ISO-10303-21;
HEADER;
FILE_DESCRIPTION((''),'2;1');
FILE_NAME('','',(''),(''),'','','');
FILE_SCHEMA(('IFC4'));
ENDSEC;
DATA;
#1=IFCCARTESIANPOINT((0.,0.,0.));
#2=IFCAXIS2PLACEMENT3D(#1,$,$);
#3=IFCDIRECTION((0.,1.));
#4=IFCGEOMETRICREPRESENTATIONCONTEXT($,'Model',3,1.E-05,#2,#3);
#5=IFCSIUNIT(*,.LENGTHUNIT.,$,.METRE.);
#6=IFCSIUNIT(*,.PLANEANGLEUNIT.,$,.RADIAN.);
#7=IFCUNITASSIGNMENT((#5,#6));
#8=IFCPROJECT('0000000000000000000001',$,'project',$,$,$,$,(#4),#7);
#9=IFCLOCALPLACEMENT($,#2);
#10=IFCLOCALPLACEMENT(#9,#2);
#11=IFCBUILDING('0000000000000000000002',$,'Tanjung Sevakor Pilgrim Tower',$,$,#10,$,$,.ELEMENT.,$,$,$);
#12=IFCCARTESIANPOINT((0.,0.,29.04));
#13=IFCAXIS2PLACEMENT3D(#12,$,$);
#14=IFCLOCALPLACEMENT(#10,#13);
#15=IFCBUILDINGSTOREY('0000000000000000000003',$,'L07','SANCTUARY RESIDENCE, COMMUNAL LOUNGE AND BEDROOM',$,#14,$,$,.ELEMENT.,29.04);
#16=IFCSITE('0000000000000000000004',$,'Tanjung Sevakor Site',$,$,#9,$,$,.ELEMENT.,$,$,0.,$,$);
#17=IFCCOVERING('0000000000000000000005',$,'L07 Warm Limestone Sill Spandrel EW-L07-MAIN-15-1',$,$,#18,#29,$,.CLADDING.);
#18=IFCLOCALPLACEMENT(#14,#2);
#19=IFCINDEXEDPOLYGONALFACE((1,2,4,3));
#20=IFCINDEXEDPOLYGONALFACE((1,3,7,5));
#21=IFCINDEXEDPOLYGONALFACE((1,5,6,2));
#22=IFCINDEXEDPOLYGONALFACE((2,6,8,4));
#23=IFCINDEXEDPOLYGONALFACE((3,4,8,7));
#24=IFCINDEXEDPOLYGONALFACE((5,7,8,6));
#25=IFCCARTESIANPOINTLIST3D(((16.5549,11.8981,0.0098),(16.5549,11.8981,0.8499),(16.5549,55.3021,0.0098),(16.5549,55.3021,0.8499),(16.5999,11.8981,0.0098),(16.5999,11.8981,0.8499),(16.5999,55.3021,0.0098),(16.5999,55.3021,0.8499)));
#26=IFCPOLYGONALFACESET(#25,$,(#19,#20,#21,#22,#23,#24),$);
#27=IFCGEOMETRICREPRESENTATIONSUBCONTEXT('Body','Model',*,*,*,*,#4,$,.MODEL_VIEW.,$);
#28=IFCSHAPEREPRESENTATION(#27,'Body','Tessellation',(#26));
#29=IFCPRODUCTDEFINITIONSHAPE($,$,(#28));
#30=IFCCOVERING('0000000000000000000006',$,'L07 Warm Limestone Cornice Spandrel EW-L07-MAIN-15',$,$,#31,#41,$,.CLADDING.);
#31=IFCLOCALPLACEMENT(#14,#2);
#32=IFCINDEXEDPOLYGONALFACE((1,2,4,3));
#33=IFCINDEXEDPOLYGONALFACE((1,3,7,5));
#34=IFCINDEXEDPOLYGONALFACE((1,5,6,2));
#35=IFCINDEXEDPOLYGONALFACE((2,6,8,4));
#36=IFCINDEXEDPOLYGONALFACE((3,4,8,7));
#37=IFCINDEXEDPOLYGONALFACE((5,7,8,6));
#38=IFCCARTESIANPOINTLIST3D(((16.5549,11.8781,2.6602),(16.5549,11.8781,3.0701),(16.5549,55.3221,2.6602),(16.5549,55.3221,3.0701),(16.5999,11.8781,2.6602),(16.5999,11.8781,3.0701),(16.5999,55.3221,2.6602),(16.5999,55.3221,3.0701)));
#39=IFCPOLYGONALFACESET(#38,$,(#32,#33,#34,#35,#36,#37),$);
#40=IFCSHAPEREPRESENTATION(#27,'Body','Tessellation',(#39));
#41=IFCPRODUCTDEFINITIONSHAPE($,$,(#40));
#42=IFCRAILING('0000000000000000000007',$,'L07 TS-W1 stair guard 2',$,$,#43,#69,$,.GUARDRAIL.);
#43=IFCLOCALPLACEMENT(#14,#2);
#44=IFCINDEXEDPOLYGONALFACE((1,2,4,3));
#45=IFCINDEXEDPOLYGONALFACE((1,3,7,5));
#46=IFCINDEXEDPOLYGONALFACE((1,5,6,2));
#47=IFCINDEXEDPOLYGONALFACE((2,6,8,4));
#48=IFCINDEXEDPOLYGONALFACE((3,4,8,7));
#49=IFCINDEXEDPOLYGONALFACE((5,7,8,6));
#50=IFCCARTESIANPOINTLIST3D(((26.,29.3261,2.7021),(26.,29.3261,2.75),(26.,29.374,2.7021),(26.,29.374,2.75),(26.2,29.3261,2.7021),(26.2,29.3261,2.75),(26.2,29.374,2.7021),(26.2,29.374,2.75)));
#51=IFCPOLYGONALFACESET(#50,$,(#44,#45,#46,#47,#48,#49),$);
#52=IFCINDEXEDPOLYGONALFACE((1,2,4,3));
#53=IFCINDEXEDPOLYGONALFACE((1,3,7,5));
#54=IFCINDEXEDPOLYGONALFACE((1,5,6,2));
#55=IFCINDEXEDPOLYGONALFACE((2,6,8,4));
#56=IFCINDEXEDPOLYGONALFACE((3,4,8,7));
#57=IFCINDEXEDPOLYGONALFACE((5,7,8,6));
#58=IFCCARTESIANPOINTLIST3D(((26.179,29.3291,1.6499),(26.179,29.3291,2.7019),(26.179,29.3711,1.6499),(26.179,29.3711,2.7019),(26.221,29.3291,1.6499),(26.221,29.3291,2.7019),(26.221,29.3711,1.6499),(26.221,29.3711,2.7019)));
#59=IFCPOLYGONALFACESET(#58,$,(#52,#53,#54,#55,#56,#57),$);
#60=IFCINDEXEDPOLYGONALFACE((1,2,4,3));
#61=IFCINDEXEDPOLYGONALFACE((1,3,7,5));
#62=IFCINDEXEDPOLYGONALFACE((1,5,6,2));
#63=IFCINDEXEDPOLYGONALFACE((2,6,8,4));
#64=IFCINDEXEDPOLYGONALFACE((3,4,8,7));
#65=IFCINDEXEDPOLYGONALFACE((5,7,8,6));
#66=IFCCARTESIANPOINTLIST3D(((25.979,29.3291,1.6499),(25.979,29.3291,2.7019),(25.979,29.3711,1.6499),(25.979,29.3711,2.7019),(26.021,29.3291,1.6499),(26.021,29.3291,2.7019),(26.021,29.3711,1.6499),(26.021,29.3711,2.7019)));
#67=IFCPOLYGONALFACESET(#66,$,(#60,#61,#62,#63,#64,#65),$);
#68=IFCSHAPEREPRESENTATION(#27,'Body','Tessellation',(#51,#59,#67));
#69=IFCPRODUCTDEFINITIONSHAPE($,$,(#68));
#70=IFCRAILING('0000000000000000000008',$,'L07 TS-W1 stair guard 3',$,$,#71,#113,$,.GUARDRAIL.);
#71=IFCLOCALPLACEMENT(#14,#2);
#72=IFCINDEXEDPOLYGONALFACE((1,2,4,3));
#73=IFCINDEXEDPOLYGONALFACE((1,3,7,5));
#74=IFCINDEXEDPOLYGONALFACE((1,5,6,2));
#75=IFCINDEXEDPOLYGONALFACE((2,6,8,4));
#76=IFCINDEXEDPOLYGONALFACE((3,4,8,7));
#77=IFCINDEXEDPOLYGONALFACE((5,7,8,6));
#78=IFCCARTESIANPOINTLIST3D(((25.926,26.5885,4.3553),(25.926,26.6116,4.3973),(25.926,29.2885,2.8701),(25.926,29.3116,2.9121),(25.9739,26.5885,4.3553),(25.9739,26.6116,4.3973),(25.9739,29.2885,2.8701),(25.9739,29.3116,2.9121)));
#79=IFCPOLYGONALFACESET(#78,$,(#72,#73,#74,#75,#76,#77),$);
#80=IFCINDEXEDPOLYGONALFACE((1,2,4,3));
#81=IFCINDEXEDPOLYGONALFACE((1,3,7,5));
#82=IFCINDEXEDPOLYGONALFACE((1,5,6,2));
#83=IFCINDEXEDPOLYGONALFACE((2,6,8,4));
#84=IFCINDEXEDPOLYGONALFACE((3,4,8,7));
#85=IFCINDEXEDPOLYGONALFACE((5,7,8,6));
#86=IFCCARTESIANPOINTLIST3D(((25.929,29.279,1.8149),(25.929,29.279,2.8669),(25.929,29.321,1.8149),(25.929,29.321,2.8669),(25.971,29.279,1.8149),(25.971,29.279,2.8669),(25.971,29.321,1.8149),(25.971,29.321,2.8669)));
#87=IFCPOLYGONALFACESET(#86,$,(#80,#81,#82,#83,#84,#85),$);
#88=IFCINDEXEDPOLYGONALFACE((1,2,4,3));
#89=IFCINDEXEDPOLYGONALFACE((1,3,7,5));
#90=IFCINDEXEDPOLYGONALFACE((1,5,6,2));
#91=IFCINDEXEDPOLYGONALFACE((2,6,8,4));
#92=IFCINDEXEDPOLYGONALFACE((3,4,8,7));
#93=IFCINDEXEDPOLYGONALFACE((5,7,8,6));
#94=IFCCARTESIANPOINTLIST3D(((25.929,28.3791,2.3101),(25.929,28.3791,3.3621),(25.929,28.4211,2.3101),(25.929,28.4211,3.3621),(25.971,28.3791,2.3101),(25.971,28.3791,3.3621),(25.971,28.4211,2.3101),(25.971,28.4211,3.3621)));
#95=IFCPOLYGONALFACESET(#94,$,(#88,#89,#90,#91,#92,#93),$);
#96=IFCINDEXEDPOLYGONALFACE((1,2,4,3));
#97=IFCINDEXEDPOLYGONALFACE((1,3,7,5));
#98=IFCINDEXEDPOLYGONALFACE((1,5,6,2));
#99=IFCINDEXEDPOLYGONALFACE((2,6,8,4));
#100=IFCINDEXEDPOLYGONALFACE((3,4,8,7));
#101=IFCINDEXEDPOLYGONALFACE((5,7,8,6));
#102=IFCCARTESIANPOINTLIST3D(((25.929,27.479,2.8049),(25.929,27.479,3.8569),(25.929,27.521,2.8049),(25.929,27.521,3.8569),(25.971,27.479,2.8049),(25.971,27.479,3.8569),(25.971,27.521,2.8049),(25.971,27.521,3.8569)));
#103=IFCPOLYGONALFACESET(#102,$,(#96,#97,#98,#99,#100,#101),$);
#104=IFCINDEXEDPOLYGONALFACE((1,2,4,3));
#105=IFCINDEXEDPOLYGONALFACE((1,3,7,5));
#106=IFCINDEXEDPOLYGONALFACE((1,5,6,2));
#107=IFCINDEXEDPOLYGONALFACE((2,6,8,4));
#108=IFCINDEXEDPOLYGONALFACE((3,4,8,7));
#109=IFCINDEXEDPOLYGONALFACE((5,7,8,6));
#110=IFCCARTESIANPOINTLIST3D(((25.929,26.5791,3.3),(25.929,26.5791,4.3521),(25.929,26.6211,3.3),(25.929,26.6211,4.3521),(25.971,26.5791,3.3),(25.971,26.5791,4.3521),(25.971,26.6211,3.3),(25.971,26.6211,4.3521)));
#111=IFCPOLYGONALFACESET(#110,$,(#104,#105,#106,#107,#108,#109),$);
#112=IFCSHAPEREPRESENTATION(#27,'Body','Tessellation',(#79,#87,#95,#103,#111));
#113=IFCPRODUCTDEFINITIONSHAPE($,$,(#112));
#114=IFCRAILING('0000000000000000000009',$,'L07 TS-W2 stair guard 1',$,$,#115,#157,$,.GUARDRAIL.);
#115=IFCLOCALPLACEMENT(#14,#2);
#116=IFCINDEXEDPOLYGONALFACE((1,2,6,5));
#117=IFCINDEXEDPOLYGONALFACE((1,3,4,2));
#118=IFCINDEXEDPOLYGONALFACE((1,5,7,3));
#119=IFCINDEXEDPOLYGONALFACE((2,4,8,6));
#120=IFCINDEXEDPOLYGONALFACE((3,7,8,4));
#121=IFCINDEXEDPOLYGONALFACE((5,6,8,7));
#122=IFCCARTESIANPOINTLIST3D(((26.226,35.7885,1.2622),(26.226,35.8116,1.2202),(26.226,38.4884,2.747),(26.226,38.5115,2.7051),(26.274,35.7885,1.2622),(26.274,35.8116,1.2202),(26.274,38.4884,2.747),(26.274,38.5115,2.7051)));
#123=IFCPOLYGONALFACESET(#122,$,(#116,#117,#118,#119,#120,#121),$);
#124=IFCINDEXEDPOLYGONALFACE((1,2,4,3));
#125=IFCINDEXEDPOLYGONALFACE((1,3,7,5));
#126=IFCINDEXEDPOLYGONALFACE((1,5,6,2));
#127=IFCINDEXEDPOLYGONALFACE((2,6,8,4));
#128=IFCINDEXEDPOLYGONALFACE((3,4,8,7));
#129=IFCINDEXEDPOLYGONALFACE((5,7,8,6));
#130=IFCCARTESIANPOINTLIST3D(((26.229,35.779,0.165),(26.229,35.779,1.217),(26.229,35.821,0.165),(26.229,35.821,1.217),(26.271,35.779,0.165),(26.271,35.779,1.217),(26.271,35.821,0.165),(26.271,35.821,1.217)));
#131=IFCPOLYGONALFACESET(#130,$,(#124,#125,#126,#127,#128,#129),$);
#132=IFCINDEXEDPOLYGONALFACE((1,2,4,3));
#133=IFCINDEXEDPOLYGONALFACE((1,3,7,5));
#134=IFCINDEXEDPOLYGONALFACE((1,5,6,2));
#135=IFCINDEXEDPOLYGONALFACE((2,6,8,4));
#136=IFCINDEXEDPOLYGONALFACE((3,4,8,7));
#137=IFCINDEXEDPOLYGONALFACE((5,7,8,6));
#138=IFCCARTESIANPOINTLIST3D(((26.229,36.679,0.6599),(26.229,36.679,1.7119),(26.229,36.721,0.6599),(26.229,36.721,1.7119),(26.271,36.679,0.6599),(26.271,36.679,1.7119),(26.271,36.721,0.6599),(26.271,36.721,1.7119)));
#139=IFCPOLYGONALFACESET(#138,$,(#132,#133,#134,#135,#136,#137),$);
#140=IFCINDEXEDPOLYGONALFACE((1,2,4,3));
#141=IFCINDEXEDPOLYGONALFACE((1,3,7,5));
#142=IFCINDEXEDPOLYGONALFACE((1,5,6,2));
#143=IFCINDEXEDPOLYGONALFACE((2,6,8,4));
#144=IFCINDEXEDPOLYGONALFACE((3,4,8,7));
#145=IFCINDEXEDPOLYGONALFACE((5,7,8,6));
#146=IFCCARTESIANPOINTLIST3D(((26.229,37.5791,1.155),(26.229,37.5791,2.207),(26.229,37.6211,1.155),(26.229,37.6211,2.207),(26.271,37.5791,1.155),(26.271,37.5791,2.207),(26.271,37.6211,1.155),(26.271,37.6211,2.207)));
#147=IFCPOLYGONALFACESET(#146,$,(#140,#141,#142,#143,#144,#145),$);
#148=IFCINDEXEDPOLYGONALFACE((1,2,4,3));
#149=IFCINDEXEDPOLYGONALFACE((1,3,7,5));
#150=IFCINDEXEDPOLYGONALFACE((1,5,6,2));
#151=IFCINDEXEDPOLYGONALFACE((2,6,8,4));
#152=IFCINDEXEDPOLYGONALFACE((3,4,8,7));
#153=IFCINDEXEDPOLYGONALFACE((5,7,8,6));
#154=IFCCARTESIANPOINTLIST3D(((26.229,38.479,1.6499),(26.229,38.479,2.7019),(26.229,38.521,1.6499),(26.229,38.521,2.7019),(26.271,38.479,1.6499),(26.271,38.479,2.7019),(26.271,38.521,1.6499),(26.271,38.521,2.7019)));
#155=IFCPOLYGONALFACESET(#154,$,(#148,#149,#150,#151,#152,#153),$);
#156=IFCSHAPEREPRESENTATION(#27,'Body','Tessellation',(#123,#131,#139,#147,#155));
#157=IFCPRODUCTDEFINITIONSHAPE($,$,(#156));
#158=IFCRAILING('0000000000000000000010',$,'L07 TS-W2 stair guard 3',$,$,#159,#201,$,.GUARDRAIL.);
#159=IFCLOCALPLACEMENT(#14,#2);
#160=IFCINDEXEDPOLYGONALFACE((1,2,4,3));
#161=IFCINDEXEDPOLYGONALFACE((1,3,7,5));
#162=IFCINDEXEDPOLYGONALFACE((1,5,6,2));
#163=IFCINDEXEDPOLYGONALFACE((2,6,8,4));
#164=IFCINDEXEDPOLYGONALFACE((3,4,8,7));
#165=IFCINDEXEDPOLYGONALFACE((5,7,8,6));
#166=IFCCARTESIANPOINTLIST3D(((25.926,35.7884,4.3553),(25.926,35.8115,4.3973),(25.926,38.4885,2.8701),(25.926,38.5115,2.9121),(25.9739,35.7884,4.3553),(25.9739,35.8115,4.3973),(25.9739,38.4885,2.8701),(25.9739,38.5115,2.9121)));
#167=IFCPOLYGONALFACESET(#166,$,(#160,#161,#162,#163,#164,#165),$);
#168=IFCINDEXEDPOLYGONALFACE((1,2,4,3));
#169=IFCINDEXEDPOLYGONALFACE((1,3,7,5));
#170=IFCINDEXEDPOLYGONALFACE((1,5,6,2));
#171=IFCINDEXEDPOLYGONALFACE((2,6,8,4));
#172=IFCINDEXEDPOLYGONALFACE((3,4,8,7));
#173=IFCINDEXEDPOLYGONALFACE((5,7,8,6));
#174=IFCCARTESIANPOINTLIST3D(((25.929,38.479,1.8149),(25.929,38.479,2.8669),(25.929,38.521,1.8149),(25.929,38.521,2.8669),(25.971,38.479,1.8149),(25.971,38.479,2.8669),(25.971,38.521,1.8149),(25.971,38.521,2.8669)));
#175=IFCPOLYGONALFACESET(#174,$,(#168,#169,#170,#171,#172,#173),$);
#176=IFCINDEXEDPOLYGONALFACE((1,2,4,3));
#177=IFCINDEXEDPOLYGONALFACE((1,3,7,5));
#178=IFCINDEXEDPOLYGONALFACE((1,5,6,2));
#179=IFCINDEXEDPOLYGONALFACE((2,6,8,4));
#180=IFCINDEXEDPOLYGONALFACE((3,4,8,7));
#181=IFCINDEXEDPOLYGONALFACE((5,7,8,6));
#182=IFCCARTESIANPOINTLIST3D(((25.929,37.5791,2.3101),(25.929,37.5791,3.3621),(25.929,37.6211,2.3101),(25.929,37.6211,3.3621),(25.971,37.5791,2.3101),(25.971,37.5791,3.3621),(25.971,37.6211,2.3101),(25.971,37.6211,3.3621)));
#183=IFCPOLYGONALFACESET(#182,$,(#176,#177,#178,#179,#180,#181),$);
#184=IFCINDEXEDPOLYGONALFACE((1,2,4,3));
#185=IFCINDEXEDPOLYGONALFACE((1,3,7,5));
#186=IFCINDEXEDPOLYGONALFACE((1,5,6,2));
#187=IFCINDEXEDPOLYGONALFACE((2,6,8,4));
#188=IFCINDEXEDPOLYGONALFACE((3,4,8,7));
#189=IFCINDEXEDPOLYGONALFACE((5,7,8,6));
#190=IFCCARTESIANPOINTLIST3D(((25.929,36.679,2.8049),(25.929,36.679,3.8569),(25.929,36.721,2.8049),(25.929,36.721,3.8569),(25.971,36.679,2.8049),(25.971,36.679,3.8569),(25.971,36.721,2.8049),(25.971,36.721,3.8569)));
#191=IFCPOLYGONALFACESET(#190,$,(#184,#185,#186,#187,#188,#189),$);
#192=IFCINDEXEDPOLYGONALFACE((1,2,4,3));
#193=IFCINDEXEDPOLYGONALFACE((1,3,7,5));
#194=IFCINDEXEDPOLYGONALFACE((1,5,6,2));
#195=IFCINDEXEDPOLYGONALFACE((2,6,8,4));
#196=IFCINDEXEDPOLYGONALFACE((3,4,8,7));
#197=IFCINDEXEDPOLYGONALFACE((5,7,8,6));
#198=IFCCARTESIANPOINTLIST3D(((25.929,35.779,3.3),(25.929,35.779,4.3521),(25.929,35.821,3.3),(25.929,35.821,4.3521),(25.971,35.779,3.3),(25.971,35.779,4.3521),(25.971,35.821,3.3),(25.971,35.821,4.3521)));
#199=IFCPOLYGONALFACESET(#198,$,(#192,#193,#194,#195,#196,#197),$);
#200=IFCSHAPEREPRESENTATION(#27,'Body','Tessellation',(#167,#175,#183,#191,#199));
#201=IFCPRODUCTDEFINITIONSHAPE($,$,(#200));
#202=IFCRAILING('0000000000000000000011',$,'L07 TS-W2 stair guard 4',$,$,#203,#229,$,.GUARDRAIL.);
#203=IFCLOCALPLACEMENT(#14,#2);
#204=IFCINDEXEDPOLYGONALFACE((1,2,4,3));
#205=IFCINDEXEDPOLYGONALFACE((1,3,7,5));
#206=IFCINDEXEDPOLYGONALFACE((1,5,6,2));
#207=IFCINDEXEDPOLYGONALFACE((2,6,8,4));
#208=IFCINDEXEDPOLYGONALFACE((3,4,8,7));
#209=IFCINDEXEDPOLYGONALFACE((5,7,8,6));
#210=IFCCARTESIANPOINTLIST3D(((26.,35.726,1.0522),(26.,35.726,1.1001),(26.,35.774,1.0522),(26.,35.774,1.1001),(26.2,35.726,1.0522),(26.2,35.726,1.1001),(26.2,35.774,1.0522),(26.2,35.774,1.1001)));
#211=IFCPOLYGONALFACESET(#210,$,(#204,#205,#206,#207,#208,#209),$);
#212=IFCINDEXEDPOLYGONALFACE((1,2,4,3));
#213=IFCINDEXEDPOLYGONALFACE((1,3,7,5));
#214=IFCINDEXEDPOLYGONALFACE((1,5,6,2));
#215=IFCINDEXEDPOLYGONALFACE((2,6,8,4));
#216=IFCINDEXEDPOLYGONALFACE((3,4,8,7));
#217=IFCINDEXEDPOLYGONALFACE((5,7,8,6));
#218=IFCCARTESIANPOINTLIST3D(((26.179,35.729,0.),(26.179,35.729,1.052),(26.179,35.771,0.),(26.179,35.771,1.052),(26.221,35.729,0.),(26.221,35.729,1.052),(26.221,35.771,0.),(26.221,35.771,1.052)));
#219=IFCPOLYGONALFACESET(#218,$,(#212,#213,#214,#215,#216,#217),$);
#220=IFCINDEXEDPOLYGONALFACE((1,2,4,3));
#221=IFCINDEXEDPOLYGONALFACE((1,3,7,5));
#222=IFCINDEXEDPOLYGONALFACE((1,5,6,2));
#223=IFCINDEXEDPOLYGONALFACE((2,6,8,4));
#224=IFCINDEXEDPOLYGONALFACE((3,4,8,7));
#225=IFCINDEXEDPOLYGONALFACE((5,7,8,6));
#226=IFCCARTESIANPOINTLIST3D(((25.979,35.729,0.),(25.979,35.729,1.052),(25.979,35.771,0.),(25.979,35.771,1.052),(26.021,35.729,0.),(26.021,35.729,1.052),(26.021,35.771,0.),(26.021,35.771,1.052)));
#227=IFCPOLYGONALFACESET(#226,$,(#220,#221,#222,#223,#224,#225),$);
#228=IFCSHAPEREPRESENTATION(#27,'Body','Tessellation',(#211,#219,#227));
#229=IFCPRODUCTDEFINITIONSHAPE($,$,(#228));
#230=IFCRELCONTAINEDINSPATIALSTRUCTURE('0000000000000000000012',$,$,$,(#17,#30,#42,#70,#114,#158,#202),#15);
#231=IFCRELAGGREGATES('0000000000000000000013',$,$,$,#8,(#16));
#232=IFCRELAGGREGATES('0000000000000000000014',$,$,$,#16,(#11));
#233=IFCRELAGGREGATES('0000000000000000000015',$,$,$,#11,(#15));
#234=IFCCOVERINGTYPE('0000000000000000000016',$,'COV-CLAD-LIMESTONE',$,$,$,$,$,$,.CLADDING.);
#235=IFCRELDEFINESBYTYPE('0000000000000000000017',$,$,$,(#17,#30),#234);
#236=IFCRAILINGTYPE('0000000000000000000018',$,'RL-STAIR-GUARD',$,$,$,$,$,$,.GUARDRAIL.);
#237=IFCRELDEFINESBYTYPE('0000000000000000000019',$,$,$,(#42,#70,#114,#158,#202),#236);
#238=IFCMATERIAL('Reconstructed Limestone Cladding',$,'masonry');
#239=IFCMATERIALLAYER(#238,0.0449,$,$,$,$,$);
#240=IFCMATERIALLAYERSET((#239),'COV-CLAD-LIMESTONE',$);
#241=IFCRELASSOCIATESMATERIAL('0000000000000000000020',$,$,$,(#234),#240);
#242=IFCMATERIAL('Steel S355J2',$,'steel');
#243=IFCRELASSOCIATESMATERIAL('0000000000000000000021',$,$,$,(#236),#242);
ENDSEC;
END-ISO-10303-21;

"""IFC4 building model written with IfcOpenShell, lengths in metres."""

from ifc_helpers import new_model, si_unit, direction, frame, origin, origin_2d, place, context, subcontext, project, spatial, rectangle, extrude, material, layer, layer_set, type_object, element, save


model = new_model("IFC4")

# Units and contexts
model_context = context("Model", 3, precision=1e-05, world=origin(), true_north=direction((0.0, 1.0)))
body_context = subcontext(model_context, "Body", "Model", "MODEL_VIEW")
ifc_project = project(units=[si_unit("LENGTHUNIT", "METRE"), si_unit("PLANEANGLEUNIT", "RADIAN")], contexts=[model_context])

# Site, building, storey
site_placement = place(None, origin())
site = spatial("IfcSite", under=ifc_project, at=site_placement, Name="Tanjung Sevakor Site", CompositionType="ELEMENT", RefElevation=0.0)
building_placement = place(site_placement, origin())
building = spatial("IfcBuilding", under=site, at=building_placement, Name="Tanjung Sevakor Pilgrim Tower", CompositionType="ELEMENT")
storey_placement = place(building_placement, frame((0.0, 0.0, 29.04)))
storey = spatial("IfcBuildingStorey", under=building, at=storey_placement, Name="L07", Description="SANCTUARY RESIDENCE, COMMUNAL LOUNGE AND BEDROOM", CompositionType="ELEMENT", Elevation=29.04)

# Coverings
ifc_material_1 = material(Name="Reconstructed Limestone Cladding", Category="masonry")
ifc_layer_1 = layer(ifc_material_1, 0.0449)
ifc_layer_set_1 = layer_set([ifc_layer_1], Name="COV-CLAD-LIMESTONE")
covering_type = type_object("IfcCoveringType", Name="COV-CLAD-LIMESTONE", PredefinedType="CLADDING", material=ifc_layer_set_1)
covering_1_placement = place(storey_placement, frame((16.5774, 33.6001, 0.0098), z_axis=(0.0, 0.0, 1.0), x_axis=(0.0, -1.0, 0.0)))
element("IfcCovering", 1, at=covering_1_placement, inside=storey, type_object=covering_type, Name="L07 Warm Limestone Sill Spandrel EW-L07-MAIN-15-1", PredefinedType="CLADDING", context=body_context, shape_type="SweptSolid", body=[
    extrude(rectangle(XDim=43.4041, YDim=0.0449, at=origin_2d()), origin(), (0.0, 0.0, 1.0), 0.8401),
])
covering_2_placement = place(storey_placement, frame((16.5774, 33.6001, 2.6602), z_axis=(0.0, 0.0, 1.0), x_axis=(0.0, -1.0, 0.0)))
element("IfcCovering", 2, at=covering_2_placement, inside=storey, type_object=covering_type, Name="L07 Warm Limestone Cornice Spandrel EW-L07-MAIN-15", PredefinedType="CLADDING", context=body_context, shape_type="SweptSolid", body=[
    extrude(rectangle(XDim=43.4441, YDim=0.0449, at=origin_2d()), origin(), (0.0, 0.0, 1.0), 0.4099),
])

# Railings
ifc_material_2 = material(Name="Steel S355J2", Category="steel")
railing_type_1 = type_object("IfcRailingType", Name="RL-STAIR-GUARD", PredefinedType="GUARDRAIL", material=ifc_material_2)
railing_1_placement = place(storey_placement, frame((26.2, 29.3501, 1.6499)))
element("IfcRailing", 3, at=railing_1_placement, inside=storey, type_object=railing_type_1, Name="L07 TS-W1 stair guard 2", PredefinedType="GUARDRAIL", context=body_context, shape_type="SweptSolid", body=[
    extrude(rectangle(XDim=0.0479, YDim=0.0479), frame((0.0, 0.0, 1.0762), z_axis=(-1.0, 0.0, 0.0), x_axis=(0.0, -1.0, 0.0)), (0.0, 0.0, 1.0), 0.2),
    extrude(rectangle(XDim=0.042, YDim=0.042), origin(), (0.0, 0.0, 1.0), 1.052),
    extrude(rectangle(XDim=0.042, YDim=0.042), frame((-0.2, 0.0, 0.0)), (0.0, 0.0, 1.0), 1.052),
])
railing_2_placement = place(storey_placement, frame((25.95, 29.3, 1.8149)))
element("IfcRailing", 4, at=railing_2_placement, inside=storey, type_object=railing_type_1, Name="L07 TS-W1 stair guard 3", PredefinedType="GUARDRAIL", context=body_context, shape_type="SweptSolid", body=[
    extrude(rectangle(XDim=0.0479, YDim=0.0479), frame((0.0, 0.0, 1.0762), z_axis=(0.0, -0.876198, 0.481952), x_axis=(1.0, 0.0, 0.0)), (0.0, 0.0, 1.0), 3.0815),
    extrude(rectangle(XDim=0.042, YDim=0.042), origin(), (0.0, 0.0, 1.0), 1.052),
    extrude(rectangle(XDim=0.042, YDim=0.042), frame((0.0, -0.8999, 0.4951)), (0.0, 0.0, 1.0), 1.052),
    extrude(rectangle(XDim=0.042, YDim=0.042), frame((0.0, -1.8, 0.99)), (0.0, 0.0, 1.0), 1.052),
    extrude(rectangle(XDim=0.042, YDim=0.042), frame((0.0, -2.7, 1.4851)), (0.0, 0.0, 1.0), 1.052),
])
railing_3_placement = place(storey_placement, frame((26.25, 35.8, 0.165)))
element("IfcRailing", 5, at=railing_3_placement, inside=storey, type_object=railing_type_1, Name="L07 TS-W2 stair guard 1", PredefinedType="GUARDRAIL", context=body_context, shape_type="SweptSolid", body=[
    extrude(rectangle(XDim=0.0479, YDim=0.0479), frame((0.0, 0.0, 1.0762), z_axis=(0.0, 0.876231, 0.481891), x_axis=(-1.0, 0.0, 0.0)), (0.0, 0.0, 1.0), 3.0813),
    extrude(rectangle(XDim=0.042, YDim=0.042), origin(), (0.0, 0.0, 1.0), 1.052),
    extrude(rectangle(XDim=0.042, YDim=0.042), frame((0.0, 0.8999, 0.4949)), (0.0, 0.0, 1.0), 1.052),
    extrude(rectangle(XDim=0.042, YDim=0.042), frame((0.0, 1.8, 0.99)), (0.0, 0.0, 1.0), 1.052),
    extrude(rectangle(XDim=0.042, YDim=0.042), frame((0.0, 2.7, 1.4849)), (0.0, 0.0, 1.0), 1.052),
])
railing_4_placement = place(storey_placement, frame((25.95, 38.5, 1.8149)))
element("IfcRailing", 6, at=railing_4_placement, inside=storey, type_object=railing_type_1, Name="L07 TS-W2 stair guard 3", PredefinedType="GUARDRAIL", context=body_context, shape_type="SweptSolid", body=[
    extrude(rectangle(XDim=0.0479, YDim=0.0479), frame((0.0, 0.0, 1.0762), z_axis=(0.0, -0.876198, 0.481952), x_axis=(1.0, 0.0, 0.0)), (0.0, 0.0, 1.0), 3.0815),
    extrude(rectangle(XDim=0.042, YDim=0.042), origin(), (0.0, 0.0, 1.0), 1.052),
    extrude(rectangle(XDim=0.042, YDim=0.042), frame((0.0, -0.8999, 0.4951)), (0.0, 0.0, 1.0), 1.052),
    extrude(rectangle(XDim=0.042, YDim=0.042), frame((0.0, -1.8, 0.99)), (0.0, 0.0, 1.0), 1.052),
    extrude(rectangle(XDim=0.042, YDim=0.042), frame((0.0, -2.7, 1.4851)), (0.0, 0.0, 1.0), 1.052),
])
railing_5_placement = place(storey_placement, frame((26.2, 35.75, 0.0)))
element("IfcRailing", 7, at=railing_5_placement, inside=storey, type_object=railing_type_1, Name="L07 TS-W2 stair guard 4", PredefinedType="GUARDRAIL", context=body_context, shape_type="SweptSolid", body=[
    extrude(rectangle(XDim=0.0479, YDim=0.0479), frame((0.0, 0.0, 1.0762), z_axis=(-1.0, 0.0, 0.0), x_axis=(0.0, -1.0, 0.0)), (0.0, 0.0, 1.0), 0.2),
    extrude(rectangle(XDim=0.042, YDim=0.042), origin(), (0.0, 0.0, 1.0), 1.052),
    extrude(rectangle(XDim=0.042, YDim=0.042), frame((-0.2, 0.0, 0.0)), (0.0, 0.0, 1.0), 1.052),
])

save(model, "model.ifc")
